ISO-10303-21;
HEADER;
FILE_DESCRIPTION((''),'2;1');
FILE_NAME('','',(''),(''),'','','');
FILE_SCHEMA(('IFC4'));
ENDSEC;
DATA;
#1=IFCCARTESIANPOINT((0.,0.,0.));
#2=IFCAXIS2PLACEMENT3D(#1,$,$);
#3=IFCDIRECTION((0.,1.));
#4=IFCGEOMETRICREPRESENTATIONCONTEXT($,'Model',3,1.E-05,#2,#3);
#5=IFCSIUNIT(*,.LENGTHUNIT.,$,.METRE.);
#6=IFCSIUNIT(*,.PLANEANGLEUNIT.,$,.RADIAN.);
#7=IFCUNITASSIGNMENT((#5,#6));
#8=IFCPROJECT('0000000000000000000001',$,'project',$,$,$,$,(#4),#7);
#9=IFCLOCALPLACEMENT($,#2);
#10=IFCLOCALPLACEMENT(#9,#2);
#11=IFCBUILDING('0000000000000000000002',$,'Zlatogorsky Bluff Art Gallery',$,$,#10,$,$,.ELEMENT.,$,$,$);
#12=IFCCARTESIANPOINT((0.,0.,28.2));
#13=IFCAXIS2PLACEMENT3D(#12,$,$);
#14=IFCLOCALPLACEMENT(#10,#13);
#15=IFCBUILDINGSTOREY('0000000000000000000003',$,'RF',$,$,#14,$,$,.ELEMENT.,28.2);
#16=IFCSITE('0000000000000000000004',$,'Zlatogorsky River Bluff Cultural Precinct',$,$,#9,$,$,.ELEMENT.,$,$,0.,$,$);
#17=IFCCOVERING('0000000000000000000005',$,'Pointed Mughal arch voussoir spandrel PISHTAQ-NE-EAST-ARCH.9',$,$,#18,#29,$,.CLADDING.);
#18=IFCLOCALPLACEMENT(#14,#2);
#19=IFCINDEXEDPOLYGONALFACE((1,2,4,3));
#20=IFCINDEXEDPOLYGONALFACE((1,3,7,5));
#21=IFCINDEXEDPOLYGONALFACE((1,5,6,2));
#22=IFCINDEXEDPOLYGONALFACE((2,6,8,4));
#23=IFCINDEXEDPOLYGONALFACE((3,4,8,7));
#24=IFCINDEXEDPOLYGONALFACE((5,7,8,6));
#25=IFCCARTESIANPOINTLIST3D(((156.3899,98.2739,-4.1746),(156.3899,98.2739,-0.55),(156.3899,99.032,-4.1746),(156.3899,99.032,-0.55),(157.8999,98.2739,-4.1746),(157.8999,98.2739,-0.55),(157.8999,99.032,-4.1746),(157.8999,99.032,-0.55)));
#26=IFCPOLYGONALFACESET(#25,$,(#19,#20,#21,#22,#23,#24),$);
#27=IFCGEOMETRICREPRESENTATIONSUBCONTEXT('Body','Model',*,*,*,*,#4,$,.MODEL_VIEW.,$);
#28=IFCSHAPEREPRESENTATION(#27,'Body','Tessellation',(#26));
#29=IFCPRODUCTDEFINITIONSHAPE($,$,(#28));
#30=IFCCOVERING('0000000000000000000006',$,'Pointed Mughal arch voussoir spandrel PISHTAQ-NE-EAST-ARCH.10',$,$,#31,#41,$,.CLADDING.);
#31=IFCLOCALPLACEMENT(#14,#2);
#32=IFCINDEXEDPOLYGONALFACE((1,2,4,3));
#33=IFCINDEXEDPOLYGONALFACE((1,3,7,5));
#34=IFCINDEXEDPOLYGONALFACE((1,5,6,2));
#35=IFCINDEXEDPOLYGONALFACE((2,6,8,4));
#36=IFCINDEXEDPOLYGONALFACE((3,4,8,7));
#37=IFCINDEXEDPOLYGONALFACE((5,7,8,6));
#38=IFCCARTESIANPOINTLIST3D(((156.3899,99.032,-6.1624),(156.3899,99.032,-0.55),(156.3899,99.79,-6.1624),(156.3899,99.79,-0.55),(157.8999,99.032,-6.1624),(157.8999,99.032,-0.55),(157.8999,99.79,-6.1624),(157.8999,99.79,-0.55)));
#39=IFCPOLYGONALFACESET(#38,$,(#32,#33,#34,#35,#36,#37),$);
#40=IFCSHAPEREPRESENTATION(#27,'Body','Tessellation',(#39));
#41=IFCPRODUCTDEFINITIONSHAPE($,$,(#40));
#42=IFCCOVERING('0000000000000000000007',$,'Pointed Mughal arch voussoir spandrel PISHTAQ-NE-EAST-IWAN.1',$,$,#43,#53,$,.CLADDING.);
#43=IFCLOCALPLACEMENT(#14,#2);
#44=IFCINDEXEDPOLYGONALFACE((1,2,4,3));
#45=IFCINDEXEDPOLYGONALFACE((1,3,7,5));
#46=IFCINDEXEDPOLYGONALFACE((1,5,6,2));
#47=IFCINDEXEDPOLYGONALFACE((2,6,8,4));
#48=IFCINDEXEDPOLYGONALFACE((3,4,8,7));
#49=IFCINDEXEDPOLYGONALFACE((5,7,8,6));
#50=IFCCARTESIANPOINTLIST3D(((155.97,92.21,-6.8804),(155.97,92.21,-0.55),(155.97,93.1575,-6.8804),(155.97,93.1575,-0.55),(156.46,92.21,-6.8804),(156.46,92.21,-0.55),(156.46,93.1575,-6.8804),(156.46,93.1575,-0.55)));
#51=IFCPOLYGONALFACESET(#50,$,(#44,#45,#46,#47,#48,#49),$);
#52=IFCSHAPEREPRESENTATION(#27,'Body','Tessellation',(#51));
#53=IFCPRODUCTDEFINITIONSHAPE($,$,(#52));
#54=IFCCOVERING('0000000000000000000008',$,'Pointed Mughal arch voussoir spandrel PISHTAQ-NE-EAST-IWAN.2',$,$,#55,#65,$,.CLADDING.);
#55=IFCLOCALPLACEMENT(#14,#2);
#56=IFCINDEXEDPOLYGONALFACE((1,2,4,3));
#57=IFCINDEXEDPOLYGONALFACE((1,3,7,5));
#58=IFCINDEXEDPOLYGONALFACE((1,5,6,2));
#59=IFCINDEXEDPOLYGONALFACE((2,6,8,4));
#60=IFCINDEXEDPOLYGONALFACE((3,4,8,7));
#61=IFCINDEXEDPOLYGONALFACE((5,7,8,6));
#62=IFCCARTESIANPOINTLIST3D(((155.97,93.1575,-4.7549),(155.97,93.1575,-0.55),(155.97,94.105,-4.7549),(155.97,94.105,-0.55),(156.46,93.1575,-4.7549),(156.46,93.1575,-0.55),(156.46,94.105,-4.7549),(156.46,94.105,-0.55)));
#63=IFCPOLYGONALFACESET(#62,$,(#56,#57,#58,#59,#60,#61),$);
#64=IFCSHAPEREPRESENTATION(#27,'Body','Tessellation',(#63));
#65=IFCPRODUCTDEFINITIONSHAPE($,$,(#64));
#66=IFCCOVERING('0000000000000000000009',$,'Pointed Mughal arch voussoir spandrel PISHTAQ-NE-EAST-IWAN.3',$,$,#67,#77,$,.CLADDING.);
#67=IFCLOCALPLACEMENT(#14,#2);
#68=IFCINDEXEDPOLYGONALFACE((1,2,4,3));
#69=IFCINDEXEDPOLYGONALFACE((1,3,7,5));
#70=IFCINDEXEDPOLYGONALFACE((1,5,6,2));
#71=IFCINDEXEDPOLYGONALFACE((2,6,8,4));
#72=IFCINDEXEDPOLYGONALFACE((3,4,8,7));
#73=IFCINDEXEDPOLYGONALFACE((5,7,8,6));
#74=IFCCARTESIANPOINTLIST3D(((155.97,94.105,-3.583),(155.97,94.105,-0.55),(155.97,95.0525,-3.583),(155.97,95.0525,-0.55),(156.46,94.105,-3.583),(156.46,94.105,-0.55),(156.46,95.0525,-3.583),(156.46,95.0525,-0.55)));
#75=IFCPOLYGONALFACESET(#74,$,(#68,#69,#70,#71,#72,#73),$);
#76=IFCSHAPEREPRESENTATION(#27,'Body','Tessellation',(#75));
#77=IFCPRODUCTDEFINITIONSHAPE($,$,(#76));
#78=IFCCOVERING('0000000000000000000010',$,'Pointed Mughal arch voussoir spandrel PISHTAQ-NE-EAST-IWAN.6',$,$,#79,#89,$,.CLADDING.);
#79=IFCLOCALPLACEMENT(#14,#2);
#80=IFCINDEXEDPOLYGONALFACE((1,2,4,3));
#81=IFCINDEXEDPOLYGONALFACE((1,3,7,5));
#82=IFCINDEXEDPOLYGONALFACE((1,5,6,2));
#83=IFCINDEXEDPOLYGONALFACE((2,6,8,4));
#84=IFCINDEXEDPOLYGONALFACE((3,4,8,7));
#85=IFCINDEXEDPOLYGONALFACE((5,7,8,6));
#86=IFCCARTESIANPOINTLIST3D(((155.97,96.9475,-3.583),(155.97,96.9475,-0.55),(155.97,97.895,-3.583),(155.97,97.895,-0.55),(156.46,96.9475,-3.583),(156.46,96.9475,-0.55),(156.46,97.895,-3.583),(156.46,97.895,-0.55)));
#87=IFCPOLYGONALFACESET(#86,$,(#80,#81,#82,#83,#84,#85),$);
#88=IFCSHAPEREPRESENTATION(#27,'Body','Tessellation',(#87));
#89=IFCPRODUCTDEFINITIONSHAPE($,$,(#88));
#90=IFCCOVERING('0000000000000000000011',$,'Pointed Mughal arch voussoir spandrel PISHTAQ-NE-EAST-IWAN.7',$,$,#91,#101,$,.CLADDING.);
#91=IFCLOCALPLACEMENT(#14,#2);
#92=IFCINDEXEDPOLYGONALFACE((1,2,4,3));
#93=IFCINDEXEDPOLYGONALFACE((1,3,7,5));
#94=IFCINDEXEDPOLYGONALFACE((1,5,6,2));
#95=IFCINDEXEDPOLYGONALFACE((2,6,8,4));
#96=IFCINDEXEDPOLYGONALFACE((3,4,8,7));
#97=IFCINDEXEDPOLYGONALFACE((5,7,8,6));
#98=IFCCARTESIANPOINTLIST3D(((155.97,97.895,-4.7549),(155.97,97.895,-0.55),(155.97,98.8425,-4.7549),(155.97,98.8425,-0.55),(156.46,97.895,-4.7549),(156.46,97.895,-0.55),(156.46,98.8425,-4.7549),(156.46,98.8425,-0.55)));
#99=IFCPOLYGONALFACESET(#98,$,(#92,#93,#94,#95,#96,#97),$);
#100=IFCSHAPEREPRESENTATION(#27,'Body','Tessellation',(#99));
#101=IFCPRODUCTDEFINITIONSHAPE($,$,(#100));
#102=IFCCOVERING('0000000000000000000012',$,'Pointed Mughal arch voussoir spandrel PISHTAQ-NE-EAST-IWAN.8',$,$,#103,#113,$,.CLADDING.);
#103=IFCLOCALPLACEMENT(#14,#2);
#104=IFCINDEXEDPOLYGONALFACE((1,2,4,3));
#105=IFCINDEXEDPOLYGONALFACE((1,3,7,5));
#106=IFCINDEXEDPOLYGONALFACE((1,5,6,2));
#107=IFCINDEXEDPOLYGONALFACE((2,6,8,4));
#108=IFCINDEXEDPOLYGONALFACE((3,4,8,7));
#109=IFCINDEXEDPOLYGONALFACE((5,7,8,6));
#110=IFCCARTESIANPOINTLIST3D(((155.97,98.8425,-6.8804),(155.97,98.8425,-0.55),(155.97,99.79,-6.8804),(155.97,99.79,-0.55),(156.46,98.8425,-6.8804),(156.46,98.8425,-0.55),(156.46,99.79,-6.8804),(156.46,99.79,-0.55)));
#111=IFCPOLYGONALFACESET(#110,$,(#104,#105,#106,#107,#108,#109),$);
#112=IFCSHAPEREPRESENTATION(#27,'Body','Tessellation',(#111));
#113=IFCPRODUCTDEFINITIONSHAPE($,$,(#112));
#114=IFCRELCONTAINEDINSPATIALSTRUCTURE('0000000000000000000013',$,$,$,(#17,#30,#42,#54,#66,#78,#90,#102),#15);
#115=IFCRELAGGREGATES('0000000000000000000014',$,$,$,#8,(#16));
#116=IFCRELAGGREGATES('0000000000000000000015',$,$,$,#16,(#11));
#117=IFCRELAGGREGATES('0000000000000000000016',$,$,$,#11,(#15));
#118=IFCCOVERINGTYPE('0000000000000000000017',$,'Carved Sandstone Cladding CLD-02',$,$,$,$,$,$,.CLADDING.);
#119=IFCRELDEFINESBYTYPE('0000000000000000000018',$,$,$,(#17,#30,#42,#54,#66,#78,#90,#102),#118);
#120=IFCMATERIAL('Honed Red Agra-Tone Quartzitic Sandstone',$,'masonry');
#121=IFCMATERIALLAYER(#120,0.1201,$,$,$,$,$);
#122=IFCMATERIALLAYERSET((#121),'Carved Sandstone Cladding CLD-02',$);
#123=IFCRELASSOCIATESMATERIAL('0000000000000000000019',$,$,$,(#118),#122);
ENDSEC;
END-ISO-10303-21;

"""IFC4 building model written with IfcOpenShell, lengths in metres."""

from ifc_helpers import new_model, si_unit, direction, frame, origin, place, context, subcontext, project, spatial, polyline, outline, extrude, material, layer, layer_set, type_object, element, save


model = new_model("IFC4")

# Units and contexts
model_context = context("Model", 3, precision=1e-05, world=origin(), true_north=direction((0.0, 1.0)))
body_context = subcontext(model_context, "Body", "Model", "MODEL_VIEW")
ifc_project = project(units=[si_unit("LENGTHUNIT", "METRE"), si_unit("PLANEANGLEUNIT", "RADIAN")], contexts=[model_context])

# Site, building, storey
site_placement = place(None, origin())
site = spatial("IfcSite", under=ifc_project, at=site_placement, Name="Zlatogorsky River Bluff Cultural Precinct", CompositionType="ELEMENT", RefElevation=0.0)
building_placement = place(site_placement, origin())
building = spatial("IfcBuilding", under=site, at=building_placement, Name="Zlatogorsky Bluff Art Gallery", CompositionType="ELEMENT")
storey_placement = place(building_placement, frame((0.0, 0.0, 28.2)))
storey = spatial("IfcBuildingStorey", under=building, at=storey_placement, Name="RF", CompositionType="ELEMENT", Elevation=28.2)

# Coverings
ifc_material = material(Name="Honed Red Agra-Tone Quartzitic Sandstone", Category="masonry")
ifc_layer = layer(ifc_material, 0.1201)
ifc_layer_set = layer_set([ifc_layer], Name="Carved Sandstone Cladding CLD-02")
covering_type = type_object("IfcCoveringType", Name="Carved Sandstone Cladding CLD-02", PredefinedType="CLADDING", material=ifc_layer_set)
covering_1_placement = place(storey_placement, frame((0.0, 0.0, -4.1746)))
element("IfcCovering", 1, at=covering_1_placement, inside=storey, type_object=covering_type, Name="Pointed Mughal arch voussoir spandrel PISHTAQ-NE-EAST-ARCH.9", PredefinedType="CLADDING", context=body_context, shape_type="SweptSolid", body=[
    extrude(outline(polyline([(156.3899, 98.2739), (156.3899, 99.032), (157.8999, 99.032), (157.8999, 98.2739), (156.3899, 98.2739)])), origin(), (0.0, 0.0, 1.0), 3.6245),
])
covering_2_placement = place(storey_placement, frame((0.0, 0.0, -6.1624)))
element("IfcCovering", 2, at=covering_2_placement, inside=storey, type_object=covering_type, Name="Pointed Mughal arch voussoir spandrel PISHTAQ-NE-EAST-ARCH.10", PredefinedType="CLADDING", context=body_context, shape_type="SweptSolid", body=[
    extrude(outline(polyline([(156.3899, 99.032), (156.3899, 99.79), (157.8999, 99.79), (157.8999, 99.032), (156.3899, 99.032)])), origin(), (0.0, 0.0, 1.0), 5.6123),
])
covering_3_placement = place(storey_placement, frame((0.0, 0.0, -6.8804)))
element("IfcCovering", 3, at=covering_3_placement, inside=storey, type_object=covering_type, Name="Pointed Mughal arch voussoir spandrel PISHTAQ-NE-EAST-IWAN.1", PredefinedType="CLADDING", context=body_context, shape_type="SweptSolid", body=[
    extrude(outline(polyline([(155.97, 92.21), (155.97, 93.1575), (156.46, 93.1575), (156.46, 92.21), (155.97, 92.21)])), origin(), (0.0, 0.0, 1.0), 6.3303),
])
covering_4_placement = place(storey_placement, frame((0.0, 0.0, -4.7549)))
element("IfcCovering", 4, at=covering_4_placement, inside=storey, type_object=covering_type, Name="Pointed Mughal arch voussoir spandrel PISHTAQ-NE-EAST-IWAN.2", PredefinedType="CLADDING", context=body_context, shape_type="SweptSolid", body=[
    extrude(outline(polyline([(155.97, 93.1575), (155.97, 94.105), (156.46, 94.105), (156.46, 93.1575), (155.97, 93.1575)])), origin(), (0.0, 0.0, 1.0), 4.2048),
])
covering_5_placement = place(storey_placement, frame((0.0, 0.0, -3.583)))
element("IfcCovering", 5, at=covering_5_placement, inside=storey, type_object=covering_type, Name="Pointed Mughal arch voussoir spandrel PISHTAQ-NE-EAST-IWAN.3", PredefinedType="CLADDING", context=body_context, shape_type="SweptSolid", body=[
    extrude(outline(polyline([(155.97, 94.105), (155.97, 95.0525), (156.46, 95.0525), (156.46, 94.105), (155.97, 94.105)])), origin(), (0.0, 0.0, 1.0), 3.033),
])
covering_6_placement = place(storey_placement, frame((0.0, 0.0, -3.583)))
element("IfcCovering", 6, at=covering_6_placement, inside=storey, type_object=covering_type, Name="Pointed Mughal arch voussoir spandrel PISHTAQ-NE-EAST-IWAN.6", PredefinedType="CLADDING", context=body_context, shape_type="SweptSolid", body=[
    extrude(outline(polyline([(155.97, 96.9475), (155.97, 97.895), (156.46, 97.895), (156.46, 96.9475), (155.97, 96.9475)])), origin(), (0.0, 0.0, 1.0), 3.033),
])
covering_7_placement = place(storey_placement, frame((0.0, 0.0, -4.7549)))
element("IfcCovering", 7, at=covering_7_placement, inside=storey, type_object=covering_type, Name="Pointed Mughal arch voussoir spandrel PISHTAQ-NE-EAST-IWAN.7", PredefinedType="CLADDING", context=body_context, shape_type="SweptSolid", body=[
    extrude(outline(polyline([(155.97, 97.895), (155.97, 98.8425), (156.46, 98.8425), (156.46, 97.895), (155.97, 97.895)])), origin(), (0.0, 0.0, 1.0), 4.2048),
])
covering_8_placement = place(storey_placement, frame((0.0, 0.0, -6.8804)))
element("IfcCovering", 8, at=covering_8_placement, inside=storey, type_object=covering_type, Name="Pointed Mughal arch voussoir spandrel PISHTAQ-NE-EAST-IWAN.8", PredefinedType="CLADDING", context=body_context, shape_type="SweptSolid", body=[
    extrude(outline(polyline([(155.97, 98.8425), (155.97, 99.79), (156.46, 99.79), (156.46, 98.8425), (155.97, 98.8425)])), origin(), (0.0, 0.0, 1.0), 6.3303),
])

save(model, "model.ifc")
